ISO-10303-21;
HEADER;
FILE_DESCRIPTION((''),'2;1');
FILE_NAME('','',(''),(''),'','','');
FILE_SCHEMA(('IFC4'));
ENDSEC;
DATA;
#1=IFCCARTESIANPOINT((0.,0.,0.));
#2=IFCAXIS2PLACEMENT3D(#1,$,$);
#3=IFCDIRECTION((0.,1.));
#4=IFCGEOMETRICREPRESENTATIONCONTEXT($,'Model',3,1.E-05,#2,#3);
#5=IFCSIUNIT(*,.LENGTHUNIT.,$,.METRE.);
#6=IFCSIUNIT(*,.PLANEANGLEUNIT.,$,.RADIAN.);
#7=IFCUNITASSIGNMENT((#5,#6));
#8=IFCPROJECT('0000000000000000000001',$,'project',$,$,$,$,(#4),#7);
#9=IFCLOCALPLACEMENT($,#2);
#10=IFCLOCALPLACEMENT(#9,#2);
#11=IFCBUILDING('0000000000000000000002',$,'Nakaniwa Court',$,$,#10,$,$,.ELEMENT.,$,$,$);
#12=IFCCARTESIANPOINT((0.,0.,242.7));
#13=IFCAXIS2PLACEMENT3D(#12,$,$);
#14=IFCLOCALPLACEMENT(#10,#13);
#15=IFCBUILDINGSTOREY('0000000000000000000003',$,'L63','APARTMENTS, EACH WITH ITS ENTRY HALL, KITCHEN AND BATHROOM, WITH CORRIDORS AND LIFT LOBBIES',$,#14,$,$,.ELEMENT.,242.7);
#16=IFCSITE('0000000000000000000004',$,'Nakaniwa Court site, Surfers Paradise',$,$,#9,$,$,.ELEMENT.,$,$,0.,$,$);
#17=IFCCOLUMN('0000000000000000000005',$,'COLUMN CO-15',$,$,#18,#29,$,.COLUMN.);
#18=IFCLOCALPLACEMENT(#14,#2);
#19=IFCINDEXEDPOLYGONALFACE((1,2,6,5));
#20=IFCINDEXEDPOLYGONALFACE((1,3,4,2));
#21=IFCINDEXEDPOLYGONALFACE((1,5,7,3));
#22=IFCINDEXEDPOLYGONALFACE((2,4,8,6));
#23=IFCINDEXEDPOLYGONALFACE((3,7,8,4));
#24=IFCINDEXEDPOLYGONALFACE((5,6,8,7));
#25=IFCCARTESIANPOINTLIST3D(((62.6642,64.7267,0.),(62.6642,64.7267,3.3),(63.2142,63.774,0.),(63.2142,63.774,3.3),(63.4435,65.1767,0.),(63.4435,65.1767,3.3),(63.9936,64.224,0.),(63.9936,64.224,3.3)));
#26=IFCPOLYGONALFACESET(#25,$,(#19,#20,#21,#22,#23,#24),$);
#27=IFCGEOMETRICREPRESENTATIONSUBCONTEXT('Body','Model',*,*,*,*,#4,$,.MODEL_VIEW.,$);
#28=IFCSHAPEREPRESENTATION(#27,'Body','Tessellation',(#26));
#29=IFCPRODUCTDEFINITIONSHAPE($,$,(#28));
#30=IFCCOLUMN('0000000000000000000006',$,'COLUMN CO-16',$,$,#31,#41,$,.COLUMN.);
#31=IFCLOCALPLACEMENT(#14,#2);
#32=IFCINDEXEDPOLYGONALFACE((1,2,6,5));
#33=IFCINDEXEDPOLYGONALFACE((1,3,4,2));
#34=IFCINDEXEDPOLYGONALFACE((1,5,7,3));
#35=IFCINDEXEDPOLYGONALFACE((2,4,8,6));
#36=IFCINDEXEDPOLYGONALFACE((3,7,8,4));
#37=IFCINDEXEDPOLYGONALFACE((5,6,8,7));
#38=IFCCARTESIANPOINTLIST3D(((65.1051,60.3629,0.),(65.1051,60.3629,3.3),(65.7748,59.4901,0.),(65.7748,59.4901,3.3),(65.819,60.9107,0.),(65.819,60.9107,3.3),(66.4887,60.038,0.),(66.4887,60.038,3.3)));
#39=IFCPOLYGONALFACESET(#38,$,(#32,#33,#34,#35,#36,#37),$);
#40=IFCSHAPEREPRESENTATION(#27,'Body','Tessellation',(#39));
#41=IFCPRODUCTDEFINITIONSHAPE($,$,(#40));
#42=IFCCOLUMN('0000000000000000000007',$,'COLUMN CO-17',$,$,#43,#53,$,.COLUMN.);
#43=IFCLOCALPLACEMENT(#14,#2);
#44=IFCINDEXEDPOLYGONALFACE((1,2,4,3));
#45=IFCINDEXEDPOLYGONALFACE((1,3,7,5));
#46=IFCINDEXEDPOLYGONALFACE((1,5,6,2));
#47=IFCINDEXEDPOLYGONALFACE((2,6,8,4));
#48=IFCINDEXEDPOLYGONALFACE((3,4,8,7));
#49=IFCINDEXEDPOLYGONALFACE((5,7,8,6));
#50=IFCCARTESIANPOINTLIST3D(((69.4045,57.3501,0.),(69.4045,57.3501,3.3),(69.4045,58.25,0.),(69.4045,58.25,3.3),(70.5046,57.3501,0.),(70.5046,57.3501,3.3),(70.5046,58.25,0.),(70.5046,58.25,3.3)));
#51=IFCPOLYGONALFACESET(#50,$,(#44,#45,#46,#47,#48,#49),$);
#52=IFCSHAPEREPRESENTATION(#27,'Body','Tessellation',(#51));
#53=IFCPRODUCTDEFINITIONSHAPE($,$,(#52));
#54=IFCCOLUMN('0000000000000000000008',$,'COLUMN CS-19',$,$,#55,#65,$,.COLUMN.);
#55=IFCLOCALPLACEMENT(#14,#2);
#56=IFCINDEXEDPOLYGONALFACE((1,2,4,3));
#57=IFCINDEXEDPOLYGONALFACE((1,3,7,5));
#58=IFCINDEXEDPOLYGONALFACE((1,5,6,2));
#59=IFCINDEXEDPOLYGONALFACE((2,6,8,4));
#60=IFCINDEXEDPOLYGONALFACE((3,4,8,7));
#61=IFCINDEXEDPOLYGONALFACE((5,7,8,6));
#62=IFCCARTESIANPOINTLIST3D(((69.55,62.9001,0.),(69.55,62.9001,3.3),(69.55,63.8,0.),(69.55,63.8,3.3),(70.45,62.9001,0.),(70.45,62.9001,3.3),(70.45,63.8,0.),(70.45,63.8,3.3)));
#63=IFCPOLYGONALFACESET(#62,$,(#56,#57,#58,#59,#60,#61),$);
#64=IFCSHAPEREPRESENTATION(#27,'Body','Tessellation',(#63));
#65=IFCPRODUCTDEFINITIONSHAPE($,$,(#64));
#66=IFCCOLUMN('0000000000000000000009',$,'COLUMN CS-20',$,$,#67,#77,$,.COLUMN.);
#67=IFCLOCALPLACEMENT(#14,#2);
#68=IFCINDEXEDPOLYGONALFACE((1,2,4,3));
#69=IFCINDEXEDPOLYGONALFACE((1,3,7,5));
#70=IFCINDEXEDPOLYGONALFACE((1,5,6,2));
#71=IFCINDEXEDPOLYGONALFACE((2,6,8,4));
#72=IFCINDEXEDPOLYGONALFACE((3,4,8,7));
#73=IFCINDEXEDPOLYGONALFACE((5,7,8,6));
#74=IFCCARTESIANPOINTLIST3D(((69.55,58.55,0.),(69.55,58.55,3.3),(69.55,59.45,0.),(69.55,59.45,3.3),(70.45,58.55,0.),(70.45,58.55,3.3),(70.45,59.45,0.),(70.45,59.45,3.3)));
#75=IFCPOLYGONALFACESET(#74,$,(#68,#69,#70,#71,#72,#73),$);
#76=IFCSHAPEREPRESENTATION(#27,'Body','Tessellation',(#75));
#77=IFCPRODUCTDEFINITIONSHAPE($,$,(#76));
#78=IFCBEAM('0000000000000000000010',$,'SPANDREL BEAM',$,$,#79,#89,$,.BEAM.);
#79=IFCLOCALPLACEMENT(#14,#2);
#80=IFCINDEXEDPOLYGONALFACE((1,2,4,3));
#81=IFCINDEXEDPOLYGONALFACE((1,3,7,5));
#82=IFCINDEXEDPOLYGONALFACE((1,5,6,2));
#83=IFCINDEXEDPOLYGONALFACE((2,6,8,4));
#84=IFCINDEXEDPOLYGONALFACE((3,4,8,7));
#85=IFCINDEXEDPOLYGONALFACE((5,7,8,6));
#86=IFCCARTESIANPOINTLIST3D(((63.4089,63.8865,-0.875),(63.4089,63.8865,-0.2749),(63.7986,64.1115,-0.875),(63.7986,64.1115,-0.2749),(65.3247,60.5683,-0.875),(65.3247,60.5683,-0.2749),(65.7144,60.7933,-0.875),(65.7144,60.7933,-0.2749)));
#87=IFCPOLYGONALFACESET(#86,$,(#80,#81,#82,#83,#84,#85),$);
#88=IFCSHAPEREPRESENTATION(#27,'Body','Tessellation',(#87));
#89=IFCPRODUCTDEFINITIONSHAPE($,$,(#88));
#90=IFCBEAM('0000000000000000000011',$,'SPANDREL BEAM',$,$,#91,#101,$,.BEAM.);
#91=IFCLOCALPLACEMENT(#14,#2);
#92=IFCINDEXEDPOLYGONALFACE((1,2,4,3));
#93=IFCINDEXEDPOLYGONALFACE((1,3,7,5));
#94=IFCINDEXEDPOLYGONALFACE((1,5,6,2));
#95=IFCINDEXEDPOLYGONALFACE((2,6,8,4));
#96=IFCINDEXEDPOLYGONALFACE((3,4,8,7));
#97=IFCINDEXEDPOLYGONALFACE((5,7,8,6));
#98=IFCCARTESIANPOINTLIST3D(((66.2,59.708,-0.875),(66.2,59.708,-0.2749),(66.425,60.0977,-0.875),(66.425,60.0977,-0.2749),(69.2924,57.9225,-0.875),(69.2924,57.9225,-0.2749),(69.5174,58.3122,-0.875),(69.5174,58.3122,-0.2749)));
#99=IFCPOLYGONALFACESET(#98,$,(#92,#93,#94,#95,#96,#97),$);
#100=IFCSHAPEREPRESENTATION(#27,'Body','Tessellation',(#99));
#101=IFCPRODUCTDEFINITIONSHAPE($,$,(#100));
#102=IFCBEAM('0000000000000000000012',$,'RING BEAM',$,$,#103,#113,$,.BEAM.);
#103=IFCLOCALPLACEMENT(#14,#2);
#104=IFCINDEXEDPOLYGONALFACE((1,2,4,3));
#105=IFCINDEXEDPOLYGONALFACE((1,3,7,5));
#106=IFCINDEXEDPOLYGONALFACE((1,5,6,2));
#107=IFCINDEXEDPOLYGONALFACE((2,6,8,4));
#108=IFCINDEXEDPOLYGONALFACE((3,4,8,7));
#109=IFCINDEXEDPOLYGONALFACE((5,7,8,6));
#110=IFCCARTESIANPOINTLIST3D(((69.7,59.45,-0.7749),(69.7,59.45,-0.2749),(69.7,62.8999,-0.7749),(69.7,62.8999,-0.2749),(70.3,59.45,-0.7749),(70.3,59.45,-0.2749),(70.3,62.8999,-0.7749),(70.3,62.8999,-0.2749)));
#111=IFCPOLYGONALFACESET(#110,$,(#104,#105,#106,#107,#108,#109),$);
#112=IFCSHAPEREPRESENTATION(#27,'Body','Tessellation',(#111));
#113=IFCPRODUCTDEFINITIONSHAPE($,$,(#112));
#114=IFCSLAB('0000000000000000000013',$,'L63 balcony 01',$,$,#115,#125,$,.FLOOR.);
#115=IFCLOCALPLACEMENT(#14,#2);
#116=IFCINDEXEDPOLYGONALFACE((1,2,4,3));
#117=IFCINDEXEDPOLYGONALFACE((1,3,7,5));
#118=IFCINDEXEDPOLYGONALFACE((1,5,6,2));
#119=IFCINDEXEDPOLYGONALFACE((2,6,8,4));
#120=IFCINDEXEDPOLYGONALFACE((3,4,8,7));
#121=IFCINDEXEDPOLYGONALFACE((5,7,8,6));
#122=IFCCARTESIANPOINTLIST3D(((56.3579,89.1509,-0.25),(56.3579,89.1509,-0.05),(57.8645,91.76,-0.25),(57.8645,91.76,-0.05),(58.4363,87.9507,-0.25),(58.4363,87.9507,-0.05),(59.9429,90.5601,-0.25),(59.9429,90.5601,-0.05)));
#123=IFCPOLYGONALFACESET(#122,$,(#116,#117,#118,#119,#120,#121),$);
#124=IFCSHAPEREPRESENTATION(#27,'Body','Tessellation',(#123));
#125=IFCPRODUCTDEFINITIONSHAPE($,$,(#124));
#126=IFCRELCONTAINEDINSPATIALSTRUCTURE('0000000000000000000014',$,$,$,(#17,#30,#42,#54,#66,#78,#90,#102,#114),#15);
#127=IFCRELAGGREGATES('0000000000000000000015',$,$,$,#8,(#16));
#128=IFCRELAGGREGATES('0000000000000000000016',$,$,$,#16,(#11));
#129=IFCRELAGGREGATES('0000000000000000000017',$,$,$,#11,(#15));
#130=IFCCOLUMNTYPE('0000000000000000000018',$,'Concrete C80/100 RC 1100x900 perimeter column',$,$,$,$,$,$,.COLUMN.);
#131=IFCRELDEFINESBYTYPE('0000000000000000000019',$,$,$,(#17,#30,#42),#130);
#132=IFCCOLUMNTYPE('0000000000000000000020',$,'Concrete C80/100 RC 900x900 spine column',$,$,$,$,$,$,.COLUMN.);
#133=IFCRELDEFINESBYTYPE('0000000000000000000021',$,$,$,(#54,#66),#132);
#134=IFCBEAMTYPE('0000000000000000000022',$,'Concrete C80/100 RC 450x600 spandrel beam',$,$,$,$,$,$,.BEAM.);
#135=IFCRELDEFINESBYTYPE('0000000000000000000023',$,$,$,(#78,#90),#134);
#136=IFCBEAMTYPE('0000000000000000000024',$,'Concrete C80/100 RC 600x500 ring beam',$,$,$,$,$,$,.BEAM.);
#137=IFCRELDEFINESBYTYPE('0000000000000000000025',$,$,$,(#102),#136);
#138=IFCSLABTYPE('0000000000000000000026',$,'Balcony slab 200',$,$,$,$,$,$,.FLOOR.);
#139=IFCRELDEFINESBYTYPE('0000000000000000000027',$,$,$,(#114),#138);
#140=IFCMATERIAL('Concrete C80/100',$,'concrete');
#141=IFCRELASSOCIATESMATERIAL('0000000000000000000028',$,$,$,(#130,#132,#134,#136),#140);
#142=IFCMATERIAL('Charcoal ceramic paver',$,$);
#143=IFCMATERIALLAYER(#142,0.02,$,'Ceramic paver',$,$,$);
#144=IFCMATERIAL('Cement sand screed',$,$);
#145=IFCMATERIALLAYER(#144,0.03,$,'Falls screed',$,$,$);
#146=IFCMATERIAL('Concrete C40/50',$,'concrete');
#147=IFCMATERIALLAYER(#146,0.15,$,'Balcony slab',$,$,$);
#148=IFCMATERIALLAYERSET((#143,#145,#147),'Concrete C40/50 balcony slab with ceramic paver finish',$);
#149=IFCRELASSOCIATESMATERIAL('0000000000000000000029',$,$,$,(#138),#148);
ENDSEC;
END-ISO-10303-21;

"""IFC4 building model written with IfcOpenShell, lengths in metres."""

from ifc_helpers import new_model, si_unit, direction, frame, origin, origin_2d, place, context, subcontext, project, spatial, polyline, rectangle, outline, extrude, material, layer, layer_set, material_profile, profile_set, type_object, element, save


model = new_model("IFC4")

# Units and contexts
model_context = context("Model", 3, precision=1e-05, world=origin(), true_north=direction((0.0, 1.0)))
body_context = subcontext(model_context, "Body", "Model", "MODEL_VIEW")
ifc_project = project(units=[si_unit("LENGTHUNIT", "METRE"), si_unit("PLANEANGLEUNIT", "RADIAN")], contexts=[model_context])

# Site, building, storey
site_placement = place(None, origin())
site = spatial("IfcSite", under=ifc_project, at=site_placement, Name="Nakaniwa Court site, Surfers Paradise", CompositionType="ELEMENT", RefElevation=0.0)
building_placement = place(site_placement, origin())
building = spatial("IfcBuilding", under=site, at=building_placement, Name="Nakaniwa Court", CompositionType="ELEMENT")
storey_placement = place(building_placement, frame((0.0, 0.0, 242.7)))
storey = spatial("IfcBuildingStorey", under=building, at=storey_placement, Name="L63", Description="APARTMENTS, EACH WITH ITS ENTRY HALL, KITCHEN AND BATHROOM, WITH CORRIDORS AND LIFT LOBBIES", CompositionType="ELEMENT", Elevation=242.7)

# Columns
ifc_material_1 = material(Name="Concrete C80/100", Category="concrete")
ifc_material_profile_1 = material_profile(ifc_material_1, rectangle(XDim=1.1001, YDim=0.8999, at=origin_2d()), Name="Concrete C80/100 RC 1100x900 perimeter column")
ifc_profile_set_1 = profile_set([ifc_material_profile_1], Name="Concrete C80/100")
column_type_1 = type_object("IfcColumnType", Name="Concrete C80/100 RC 1100x900 perimeter column", PredefinedType="COLUMN", material=ifc_profile_set_1)
for number, where, z_axis, x_axis, name in (
    (1, (63.3289, 64.4753, 0.0), (0.0, 0.0, 1.0), (0.5, -0.866025, 0.0), "COLUMN CO-15"),
    (2, (65.7969, 60.2004, 0.0), (0.0, 0.0, 1.0), (0.608761, -0.793353, 0.0), "COLUMN CO-16"),
    (3, (69.9546, 57.8, 0.0), (0.0, 0.0, 1.0), (1.0, 0.0, 0.0), "COLUMN CO-17"),
):
    element("IfcColumn", number, at=place(storey_placement, frame(where, z_axis=z_axis, x_axis=x_axis)), inside=storey, type_object=column_type_1, Name=name, PredefinedType="COLUMN", context=body_context, shape_type="SweptSolid", body=[
        extrude(rectangle(XDim=1.1001, YDim=0.8999, at=origin_2d()), origin(), (0.0, 0.0, 1.0), 3.3),
    ])
ifc_material_profile_2 = material_profile(ifc_material_1, rectangle(XDim=0.8999, YDim=0.8999, at=origin_2d()), Name="Concrete C80/100 RC 900x900 spine column")
ifc_profile_set_2 = profile_set([ifc_material_profile_2], Name="Concrete C80/100")
column_type_2 = type_object("IfcColumnType", Name="Concrete C80/100 RC 900x900 spine column", PredefinedType="COLUMN", material=ifc_profile_set_2)
for number, where, z_axis, x_axis, name in (
    (4, (70.0, 63.3501, 0.0), (0.0, 0.0, 1.0), (0.0, -1.0, 0.0), "COLUMN CS-19"),
    (5, (70.0, 59.0, 0.0), (0.0, 0.0, 1.0), (0.0, -1.0, 0.0), "COLUMN CS-20"),
):
    element("IfcColumn", number, at=place(storey_placement, frame(where, z_axis=z_axis, x_axis=x_axis)), inside=storey, type_object=column_type_2, Name=name, PredefinedType="COLUMN", context=body_context, shape_type="SweptSolid", body=[
        extrude(rectangle(XDim=0.8999, YDim=0.8999, at=origin_2d()), origin(), (0.0, 0.0, 1.0), 3.3),
    ])

# Beams
ifc_material_profile_3 = material_profile(ifc_material_1, rectangle(XDim=0.45, YDim=0.6001, at=origin_2d()), Name="Concrete C80/100 RC 450x600 spandrel beam")
ifc_profile_set_3 = profile_set([ifc_material_profile_3], Name="Concrete C80/100")
beam_type_1 = type_object("IfcBeamType", Name="Concrete C80/100 RC 450x600 spandrel beam", PredefinedType="BEAM", material=ifc_profile_set_3)
beam_1_placement = place(storey_placement, frame((63.6038, 63.999, -0.575), z_axis=(0.500011, -0.866019, 0.0), x_axis=(0.866019, 0.500011, 0.0)))
element("IfcBeam", 6, at=beam_1_placement, inside=storey, type_object=beam_type_1, Name="SPANDREL BEAM", PredefinedType="BEAM", context=body_context, shape_type="SweptSolid", body=[
    extrude(rectangle(XDim=0.45, YDim=0.6001, at=origin_2d()), origin(), (0.0, 0.0, 1.0), 3.8315),
])
beam_2_placement = place(storey_placement, frame((66.3125, 59.9028, -0.575), z_axis=(0.866017, -0.500014, 0.0), x_axis=(0.500014, 0.866017, 0.0)))
element("IfcBeam", 7, at=beam_2_placement, inside=storey, type_object=beam_type_1, Name="SPANDREL BEAM", PredefinedType="BEAM", context=body_context, shape_type="SweptSolid", body=[
    extrude(rectangle(XDim=0.45, YDim=0.6001, at=origin_2d()), origin(), (0.0, 0.0, 1.0), 3.5708),
])
ifc_material_profile_4 = material_profile(ifc_material_1, rectangle(XDim=0.6001, YDim=0.5, at=origin_2d()), Name="Concrete C80/100 RC 600x500 ring beam")
ifc_profile_set_4 = profile_set([ifc_material_profile_4], Name="Concrete C80/100")
beam_type_2 = type_object("IfcBeamType", Name="Concrete C80/100 RC 600x500 ring beam", PredefinedType="BEAM", material=ifc_profile_set_4)
beam_3_placement = place(storey_placement, frame((70.0, 62.8999, -0.5249), z_axis=(0.0, -1.0, 0.0), x_axis=(1.0, 0.0, 0.0)))
element("IfcBeam", 8, at=beam_3_placement, inside=storey, type_object=beam_type_2, Name="RING BEAM", PredefinedType="BEAM", context=body_context, shape_type="SweptSolid", body=[
    extrude(rectangle(XDim=0.6001, YDim=0.5, at=origin_2d()), origin(), (0.0, 0.0, 1.0), 3.45),
])

# Slab
ifc_material_2 = material(Name="Charcoal ceramic paver")
ifc_layer_1 = layer(ifc_material_2, 0.02, Name="Ceramic paver")
ifc_material_3 = material(Name="Cement sand screed")
ifc_layer_2 = layer(ifc_material_3, 0.03, Name="Falls screed")
ifc_material_4 = material(Name="Concrete C40/50", Category="concrete")
ifc_layer_3 = layer(ifc_material_4, 0.15, Name="Balcony slab")
ifc_layer_set_1 = layer_set([ifc_layer_1, ifc_layer_2, ifc_layer_3], Name="Concrete C40/50 balcony slab with ceramic paver finish")
slab_type_1 = type_object("IfcSlabType", Name="Balcony slab 200", PredefinedType="FLOOR", material=ifc_layer_set_1)
slab_1_placement = place(storey_placement, frame((0.0, 0.0, -0.25)))
element("IfcSlab", 9, at=slab_1_placement, inside=storey, type_object=slab_type_1, Name="L63 balcony 01", PredefinedType="FLOOR", context=body_context, shape_type="SweptSolid", body=[
    extrude(outline(polyline([(59.9429, 90.5601), (58.4363, 87.9507), (56.3579, 89.1509), (57.8645, 91.76), (59.9429, 90.5601)])), origin(), (0.0, 0.0, 1.0), 0.2),
])

save(model, "model.ifc")
